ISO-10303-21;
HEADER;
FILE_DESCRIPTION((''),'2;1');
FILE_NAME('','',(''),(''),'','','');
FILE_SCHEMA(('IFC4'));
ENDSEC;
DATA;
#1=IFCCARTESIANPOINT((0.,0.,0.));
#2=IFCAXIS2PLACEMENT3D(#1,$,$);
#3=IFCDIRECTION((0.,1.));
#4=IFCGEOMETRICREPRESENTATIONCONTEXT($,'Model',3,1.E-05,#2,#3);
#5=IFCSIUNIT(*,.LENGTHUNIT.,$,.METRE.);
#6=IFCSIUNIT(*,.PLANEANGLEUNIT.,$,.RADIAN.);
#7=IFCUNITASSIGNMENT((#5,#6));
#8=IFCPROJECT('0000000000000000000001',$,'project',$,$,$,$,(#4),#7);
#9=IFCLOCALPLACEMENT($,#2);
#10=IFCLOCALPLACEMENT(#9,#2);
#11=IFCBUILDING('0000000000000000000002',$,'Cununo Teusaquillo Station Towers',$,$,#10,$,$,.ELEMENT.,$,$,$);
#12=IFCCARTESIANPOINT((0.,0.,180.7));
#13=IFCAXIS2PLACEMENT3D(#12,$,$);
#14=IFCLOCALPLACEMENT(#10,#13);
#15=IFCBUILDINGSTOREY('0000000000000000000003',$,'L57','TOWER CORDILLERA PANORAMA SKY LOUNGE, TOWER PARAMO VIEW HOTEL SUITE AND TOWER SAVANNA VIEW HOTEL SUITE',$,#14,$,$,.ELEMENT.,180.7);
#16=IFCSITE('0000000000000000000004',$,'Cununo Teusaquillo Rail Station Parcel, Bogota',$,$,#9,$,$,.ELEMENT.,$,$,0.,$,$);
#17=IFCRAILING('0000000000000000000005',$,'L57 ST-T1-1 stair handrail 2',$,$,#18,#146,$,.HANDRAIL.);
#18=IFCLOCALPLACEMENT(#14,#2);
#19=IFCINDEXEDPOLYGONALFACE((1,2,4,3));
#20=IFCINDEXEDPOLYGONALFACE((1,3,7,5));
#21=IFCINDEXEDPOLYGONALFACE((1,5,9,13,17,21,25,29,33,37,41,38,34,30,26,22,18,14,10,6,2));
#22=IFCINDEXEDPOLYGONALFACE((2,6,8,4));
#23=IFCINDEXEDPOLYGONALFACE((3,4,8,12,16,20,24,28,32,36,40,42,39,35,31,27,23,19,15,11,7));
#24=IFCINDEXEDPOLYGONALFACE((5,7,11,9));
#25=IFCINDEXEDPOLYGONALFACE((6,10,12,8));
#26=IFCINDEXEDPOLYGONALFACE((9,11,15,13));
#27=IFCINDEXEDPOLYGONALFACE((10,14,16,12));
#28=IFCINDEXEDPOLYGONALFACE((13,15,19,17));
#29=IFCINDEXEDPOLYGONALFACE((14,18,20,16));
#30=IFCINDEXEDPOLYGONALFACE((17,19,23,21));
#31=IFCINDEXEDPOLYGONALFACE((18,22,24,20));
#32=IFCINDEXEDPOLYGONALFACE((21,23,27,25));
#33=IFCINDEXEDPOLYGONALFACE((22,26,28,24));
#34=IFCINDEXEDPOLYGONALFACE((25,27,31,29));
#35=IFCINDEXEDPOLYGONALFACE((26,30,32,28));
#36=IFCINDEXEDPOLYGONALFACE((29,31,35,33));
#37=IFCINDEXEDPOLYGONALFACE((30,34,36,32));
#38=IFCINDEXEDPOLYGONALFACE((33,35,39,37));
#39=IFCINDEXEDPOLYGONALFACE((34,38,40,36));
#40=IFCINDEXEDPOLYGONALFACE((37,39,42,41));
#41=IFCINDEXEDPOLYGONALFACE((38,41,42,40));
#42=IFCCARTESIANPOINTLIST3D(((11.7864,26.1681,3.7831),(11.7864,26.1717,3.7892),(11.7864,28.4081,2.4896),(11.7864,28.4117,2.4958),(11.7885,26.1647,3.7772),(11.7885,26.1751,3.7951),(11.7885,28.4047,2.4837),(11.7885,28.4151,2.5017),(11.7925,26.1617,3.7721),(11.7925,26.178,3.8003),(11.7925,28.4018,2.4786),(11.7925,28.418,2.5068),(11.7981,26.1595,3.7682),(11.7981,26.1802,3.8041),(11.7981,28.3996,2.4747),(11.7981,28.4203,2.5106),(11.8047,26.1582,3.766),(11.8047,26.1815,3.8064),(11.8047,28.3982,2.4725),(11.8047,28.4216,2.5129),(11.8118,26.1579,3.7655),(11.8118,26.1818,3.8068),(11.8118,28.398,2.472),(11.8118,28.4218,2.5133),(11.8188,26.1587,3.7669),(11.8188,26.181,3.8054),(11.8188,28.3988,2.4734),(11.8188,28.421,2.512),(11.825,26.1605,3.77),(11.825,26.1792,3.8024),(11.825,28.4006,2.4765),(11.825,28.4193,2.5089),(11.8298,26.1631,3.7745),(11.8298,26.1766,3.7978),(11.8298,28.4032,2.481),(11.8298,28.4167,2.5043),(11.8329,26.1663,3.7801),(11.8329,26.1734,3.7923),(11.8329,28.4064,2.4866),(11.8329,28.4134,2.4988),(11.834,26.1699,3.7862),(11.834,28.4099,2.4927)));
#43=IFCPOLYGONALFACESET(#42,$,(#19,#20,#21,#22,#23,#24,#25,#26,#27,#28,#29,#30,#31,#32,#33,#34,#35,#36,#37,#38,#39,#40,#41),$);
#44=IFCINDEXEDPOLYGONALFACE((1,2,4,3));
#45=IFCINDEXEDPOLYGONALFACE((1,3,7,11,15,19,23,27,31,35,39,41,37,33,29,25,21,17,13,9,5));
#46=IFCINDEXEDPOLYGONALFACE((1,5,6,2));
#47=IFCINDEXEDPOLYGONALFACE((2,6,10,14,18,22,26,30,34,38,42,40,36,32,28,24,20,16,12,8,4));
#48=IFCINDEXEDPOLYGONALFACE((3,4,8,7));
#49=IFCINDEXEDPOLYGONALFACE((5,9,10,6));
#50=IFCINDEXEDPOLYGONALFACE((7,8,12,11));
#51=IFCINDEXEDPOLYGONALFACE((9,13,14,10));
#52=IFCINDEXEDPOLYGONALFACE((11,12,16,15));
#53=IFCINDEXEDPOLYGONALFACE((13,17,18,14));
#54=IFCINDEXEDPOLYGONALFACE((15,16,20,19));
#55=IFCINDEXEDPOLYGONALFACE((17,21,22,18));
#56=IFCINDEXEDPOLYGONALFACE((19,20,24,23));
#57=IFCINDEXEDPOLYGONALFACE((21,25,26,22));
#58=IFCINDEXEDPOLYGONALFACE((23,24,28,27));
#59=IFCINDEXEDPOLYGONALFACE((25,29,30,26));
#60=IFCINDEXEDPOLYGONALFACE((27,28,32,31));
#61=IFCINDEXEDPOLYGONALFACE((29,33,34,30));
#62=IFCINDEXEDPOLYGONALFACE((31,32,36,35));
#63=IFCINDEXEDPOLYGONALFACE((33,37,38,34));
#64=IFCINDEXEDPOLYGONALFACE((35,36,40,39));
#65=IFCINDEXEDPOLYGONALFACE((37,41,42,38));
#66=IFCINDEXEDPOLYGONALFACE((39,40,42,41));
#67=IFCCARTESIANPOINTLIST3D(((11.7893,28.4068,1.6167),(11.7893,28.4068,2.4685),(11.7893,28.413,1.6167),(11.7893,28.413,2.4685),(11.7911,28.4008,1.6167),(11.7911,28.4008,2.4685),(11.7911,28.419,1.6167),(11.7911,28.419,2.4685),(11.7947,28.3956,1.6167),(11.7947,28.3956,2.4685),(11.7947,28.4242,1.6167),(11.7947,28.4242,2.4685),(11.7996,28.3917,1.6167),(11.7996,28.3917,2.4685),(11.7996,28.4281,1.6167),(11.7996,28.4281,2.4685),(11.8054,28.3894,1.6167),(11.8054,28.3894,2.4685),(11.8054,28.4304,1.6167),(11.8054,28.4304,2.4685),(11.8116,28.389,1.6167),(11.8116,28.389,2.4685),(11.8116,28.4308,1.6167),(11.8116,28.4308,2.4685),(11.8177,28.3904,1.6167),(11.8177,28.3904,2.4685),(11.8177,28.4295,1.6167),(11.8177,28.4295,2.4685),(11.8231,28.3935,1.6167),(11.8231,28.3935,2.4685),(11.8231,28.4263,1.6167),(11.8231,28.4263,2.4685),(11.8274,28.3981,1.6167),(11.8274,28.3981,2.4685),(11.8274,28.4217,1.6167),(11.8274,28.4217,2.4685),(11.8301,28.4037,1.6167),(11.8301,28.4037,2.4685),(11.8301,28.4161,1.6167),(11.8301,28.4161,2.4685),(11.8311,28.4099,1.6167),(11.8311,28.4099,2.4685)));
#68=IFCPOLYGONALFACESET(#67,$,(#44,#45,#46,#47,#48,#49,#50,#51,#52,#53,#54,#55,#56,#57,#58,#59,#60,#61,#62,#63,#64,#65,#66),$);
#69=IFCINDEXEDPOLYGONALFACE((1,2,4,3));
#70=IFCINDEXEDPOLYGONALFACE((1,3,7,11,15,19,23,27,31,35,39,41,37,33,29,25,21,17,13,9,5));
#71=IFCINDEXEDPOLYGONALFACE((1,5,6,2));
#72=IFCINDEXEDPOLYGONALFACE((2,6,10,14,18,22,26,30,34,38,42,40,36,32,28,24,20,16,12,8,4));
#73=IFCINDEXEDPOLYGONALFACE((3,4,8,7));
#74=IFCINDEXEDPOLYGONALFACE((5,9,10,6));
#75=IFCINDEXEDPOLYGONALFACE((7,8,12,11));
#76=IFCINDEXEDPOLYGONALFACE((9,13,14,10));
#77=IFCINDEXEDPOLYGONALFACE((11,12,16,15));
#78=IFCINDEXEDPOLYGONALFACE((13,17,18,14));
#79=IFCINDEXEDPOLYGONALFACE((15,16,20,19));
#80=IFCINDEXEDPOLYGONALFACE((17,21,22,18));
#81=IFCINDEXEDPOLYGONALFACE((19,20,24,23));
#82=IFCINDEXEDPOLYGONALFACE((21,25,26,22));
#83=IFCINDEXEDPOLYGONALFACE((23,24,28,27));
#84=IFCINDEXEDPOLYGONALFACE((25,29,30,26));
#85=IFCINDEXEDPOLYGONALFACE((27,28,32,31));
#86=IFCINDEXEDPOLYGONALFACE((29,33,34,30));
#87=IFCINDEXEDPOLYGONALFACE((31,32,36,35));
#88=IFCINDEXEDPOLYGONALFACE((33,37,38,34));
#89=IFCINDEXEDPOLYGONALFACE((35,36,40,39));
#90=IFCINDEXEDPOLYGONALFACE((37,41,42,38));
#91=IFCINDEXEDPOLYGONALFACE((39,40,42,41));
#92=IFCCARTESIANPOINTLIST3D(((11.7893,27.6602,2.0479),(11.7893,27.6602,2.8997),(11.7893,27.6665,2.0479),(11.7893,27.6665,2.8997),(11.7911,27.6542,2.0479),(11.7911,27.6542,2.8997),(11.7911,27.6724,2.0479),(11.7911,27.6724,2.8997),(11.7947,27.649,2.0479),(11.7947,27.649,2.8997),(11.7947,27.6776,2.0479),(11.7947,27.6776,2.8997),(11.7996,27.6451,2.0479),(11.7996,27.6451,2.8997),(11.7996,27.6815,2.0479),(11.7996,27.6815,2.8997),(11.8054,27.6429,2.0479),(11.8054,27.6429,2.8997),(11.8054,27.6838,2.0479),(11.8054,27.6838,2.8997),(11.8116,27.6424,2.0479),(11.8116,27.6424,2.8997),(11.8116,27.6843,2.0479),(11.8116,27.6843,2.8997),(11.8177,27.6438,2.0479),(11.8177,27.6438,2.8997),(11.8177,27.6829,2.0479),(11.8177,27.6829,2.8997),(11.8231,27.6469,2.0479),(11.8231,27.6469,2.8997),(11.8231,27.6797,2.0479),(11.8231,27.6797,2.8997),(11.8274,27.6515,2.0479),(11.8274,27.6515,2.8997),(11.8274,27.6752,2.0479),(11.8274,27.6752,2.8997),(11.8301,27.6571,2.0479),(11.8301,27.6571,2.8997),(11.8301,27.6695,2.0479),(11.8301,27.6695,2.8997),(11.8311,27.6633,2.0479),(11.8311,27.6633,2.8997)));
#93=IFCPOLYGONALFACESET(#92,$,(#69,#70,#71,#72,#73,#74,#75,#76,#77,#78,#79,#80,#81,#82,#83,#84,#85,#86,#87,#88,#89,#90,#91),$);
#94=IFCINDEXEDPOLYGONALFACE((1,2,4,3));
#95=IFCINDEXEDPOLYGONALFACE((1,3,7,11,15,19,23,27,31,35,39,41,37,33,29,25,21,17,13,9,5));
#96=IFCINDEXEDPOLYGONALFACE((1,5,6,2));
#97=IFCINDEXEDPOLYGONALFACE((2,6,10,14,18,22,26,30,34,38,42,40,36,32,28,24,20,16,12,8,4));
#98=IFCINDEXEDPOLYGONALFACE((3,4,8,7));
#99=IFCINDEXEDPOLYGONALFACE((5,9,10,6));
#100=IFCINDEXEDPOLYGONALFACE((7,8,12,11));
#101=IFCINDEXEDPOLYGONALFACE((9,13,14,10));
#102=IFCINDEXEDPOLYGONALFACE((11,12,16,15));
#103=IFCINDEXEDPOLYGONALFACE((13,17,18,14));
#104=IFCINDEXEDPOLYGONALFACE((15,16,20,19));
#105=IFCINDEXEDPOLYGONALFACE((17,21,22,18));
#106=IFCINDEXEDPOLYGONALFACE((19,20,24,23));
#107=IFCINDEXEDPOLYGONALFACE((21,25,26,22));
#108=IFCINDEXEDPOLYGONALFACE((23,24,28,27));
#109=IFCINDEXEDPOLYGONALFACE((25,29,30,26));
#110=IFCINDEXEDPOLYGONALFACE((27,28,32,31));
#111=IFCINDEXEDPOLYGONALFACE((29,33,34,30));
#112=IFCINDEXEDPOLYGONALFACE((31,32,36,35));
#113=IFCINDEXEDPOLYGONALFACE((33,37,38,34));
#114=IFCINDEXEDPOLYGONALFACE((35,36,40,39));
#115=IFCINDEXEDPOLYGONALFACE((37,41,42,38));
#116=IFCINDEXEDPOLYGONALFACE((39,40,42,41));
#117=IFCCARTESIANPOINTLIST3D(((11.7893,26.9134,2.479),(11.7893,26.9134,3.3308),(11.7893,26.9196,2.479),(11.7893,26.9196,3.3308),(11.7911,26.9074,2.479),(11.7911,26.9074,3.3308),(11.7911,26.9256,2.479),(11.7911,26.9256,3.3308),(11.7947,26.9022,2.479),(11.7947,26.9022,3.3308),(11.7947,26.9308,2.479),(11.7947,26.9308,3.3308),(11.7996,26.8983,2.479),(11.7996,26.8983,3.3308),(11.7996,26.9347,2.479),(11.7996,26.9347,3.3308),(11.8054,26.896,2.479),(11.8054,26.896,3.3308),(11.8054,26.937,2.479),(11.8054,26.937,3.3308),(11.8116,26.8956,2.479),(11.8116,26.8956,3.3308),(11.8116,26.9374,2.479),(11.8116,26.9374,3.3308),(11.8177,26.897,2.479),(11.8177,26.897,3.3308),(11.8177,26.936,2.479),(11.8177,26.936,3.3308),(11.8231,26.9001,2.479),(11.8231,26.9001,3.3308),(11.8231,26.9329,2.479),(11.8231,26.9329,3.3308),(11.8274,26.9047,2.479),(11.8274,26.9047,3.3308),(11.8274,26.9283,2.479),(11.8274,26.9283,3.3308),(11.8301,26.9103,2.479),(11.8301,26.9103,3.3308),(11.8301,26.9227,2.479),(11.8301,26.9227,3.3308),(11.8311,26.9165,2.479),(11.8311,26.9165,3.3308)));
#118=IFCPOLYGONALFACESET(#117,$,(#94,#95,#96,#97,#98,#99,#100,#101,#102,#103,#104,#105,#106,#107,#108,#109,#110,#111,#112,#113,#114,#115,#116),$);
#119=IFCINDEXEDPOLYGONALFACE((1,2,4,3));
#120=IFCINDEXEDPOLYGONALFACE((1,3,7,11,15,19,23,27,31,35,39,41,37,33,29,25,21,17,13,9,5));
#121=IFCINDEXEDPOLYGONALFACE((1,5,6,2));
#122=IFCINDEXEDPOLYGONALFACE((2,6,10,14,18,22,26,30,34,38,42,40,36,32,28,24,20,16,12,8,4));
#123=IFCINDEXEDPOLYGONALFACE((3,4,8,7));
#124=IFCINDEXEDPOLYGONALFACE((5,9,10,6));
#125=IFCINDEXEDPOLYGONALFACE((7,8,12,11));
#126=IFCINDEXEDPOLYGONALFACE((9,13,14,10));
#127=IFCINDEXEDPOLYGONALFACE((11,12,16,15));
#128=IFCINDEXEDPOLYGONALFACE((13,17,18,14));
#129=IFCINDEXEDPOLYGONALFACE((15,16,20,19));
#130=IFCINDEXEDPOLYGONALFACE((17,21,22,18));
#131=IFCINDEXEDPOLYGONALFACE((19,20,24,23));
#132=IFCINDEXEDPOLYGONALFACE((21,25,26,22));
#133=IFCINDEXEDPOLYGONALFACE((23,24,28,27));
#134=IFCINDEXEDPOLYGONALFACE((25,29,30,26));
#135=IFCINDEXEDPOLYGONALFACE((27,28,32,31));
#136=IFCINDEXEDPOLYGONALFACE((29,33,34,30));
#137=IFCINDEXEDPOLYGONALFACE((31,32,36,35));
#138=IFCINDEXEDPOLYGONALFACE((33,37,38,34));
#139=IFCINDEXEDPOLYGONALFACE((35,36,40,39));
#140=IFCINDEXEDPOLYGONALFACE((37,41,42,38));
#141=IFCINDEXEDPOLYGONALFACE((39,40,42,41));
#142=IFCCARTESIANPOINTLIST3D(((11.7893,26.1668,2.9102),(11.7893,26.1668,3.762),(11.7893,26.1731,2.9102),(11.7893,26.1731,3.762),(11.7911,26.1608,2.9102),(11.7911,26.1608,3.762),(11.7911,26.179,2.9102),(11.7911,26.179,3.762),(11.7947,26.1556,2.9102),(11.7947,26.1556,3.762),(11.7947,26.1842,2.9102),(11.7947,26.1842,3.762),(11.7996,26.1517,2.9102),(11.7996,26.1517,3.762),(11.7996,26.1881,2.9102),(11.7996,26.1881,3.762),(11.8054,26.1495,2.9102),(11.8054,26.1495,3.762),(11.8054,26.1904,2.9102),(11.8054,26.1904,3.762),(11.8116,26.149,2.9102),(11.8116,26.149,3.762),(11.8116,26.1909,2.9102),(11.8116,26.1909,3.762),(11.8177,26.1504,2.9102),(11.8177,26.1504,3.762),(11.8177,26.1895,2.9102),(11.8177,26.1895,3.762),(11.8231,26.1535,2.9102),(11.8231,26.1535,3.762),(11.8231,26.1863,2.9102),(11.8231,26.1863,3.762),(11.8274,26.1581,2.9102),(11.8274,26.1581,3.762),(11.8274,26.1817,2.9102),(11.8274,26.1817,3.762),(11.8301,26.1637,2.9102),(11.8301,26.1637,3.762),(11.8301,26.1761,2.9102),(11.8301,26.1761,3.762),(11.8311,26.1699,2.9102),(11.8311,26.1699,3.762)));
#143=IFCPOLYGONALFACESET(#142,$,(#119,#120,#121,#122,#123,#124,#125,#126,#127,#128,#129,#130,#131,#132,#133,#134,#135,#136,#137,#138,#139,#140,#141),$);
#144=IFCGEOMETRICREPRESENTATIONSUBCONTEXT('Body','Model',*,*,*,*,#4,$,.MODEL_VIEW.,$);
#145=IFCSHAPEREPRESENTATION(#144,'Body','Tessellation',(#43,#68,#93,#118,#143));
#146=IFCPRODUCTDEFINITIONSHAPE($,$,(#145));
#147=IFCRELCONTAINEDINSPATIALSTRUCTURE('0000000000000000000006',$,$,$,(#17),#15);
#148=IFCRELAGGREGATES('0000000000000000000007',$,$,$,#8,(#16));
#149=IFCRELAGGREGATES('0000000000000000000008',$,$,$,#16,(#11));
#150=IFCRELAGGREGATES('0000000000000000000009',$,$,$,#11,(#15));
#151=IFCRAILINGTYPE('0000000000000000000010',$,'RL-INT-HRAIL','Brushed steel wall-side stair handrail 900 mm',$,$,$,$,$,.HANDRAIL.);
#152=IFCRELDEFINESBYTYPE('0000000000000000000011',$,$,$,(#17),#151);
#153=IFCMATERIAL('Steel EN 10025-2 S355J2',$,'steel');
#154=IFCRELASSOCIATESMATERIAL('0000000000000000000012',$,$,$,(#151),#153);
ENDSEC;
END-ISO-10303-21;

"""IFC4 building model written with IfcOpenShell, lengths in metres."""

from ifc_helpers import new_model, si_unit, direction, frame, origin, origin_2d, place, context, subcontext, project, spatial, circle, extrude, material, type_object, element, save


model = new_model("IFC4")

# Units and contexts
model_context = context("Model", 3, precision=1e-05, world=origin(), true_north=direction((0.0, 1.0)))
body_context = subcontext(model_context, "Body", "Model", "MODEL_VIEW")
ifc_project = project(units=[si_unit("LENGTHUNIT", "METRE"), si_unit("PLANEANGLEUNIT", "RADIAN")], contexts=[model_context])

# Site, building, storey
site_placement = place(None, origin())
site = spatial("IfcSite", under=ifc_project, at=site_placement, Name="Cununo Teusaquillo Rail Station Parcel, Bogota", CompositionType="ELEMENT", RefElevation=0.0)
building_placement = place(site_placement, origin())
building = spatial("IfcBuilding", under=site, at=building_placement, Name="Cununo Teusaquillo Station Towers", CompositionType="ELEMENT")
storey_placement = place(building_placement, frame((0.0, 0.0, 180.7)))
storey = spatial("IfcBuildingStorey", under=building, at=storey_placement, Name="L57", Description="TOWER CORDILLERA PANORAMA SKY LOUNGE, TOWER PARAMO VIEW HOTEL SUITE AND TOWER SAVANNA VIEW HOTEL SUITE", CompositionType="ELEMENT", Elevation=180.7)

# Railing
ifc_material_1 = material(Name="Steel EN 10025-2 S355J2", Category="steel")
railing_type_1 = type_object("IfcRailingType", Name="RL-INT-HRAIL", Description="Brushed steel wall-side stair handrail 900 mm", PredefinedType="HANDRAIL", material=ifc_material_1)
railing_1_placement = place(storey_placement, frame((11.8101, 28.4099, 1.6167)))
element("IfcRailing", 1, at=railing_1_placement, inside=storey, type_object=railing_type_1, Name="L57 ST-T1-1 stair handrail 2", PredefinedType="HANDRAIL", context=body_context, shape_type="SweptSolid", body=[
    extrude(circle(Radius=0.0239, at=origin_2d()), frame((0.0, 0.0, 0.876), z_axis=(0.0, -0.865992, 0.500057), x_axis=(1.0, 0.0, 0.0)), (0.0, 0.0, 1.0), 2.5867),
    extrude(circle(Radius=0.021, at=origin_2d()), origin(), (0.0, 0.0, 1.0), 0.8518),
    extrude(circle(Radius=0.021, at=origin_2d()), frame((0.0, -0.7466, 0.4312)), (0.0, 0.0, 1.0), 0.8518),
    extrude(circle(Radius=0.021, at=origin_2d()), frame((0.0, -1.4934, 0.8623)), (0.0, 0.0, 1.0), 0.8518),
    extrude(circle(Radius=0.021, at=origin_2d()), frame((0.0, -2.24, 1.2935)), (0.0, 0.0, 1.0), 0.8518),
])

save(model, "model.ifc")
